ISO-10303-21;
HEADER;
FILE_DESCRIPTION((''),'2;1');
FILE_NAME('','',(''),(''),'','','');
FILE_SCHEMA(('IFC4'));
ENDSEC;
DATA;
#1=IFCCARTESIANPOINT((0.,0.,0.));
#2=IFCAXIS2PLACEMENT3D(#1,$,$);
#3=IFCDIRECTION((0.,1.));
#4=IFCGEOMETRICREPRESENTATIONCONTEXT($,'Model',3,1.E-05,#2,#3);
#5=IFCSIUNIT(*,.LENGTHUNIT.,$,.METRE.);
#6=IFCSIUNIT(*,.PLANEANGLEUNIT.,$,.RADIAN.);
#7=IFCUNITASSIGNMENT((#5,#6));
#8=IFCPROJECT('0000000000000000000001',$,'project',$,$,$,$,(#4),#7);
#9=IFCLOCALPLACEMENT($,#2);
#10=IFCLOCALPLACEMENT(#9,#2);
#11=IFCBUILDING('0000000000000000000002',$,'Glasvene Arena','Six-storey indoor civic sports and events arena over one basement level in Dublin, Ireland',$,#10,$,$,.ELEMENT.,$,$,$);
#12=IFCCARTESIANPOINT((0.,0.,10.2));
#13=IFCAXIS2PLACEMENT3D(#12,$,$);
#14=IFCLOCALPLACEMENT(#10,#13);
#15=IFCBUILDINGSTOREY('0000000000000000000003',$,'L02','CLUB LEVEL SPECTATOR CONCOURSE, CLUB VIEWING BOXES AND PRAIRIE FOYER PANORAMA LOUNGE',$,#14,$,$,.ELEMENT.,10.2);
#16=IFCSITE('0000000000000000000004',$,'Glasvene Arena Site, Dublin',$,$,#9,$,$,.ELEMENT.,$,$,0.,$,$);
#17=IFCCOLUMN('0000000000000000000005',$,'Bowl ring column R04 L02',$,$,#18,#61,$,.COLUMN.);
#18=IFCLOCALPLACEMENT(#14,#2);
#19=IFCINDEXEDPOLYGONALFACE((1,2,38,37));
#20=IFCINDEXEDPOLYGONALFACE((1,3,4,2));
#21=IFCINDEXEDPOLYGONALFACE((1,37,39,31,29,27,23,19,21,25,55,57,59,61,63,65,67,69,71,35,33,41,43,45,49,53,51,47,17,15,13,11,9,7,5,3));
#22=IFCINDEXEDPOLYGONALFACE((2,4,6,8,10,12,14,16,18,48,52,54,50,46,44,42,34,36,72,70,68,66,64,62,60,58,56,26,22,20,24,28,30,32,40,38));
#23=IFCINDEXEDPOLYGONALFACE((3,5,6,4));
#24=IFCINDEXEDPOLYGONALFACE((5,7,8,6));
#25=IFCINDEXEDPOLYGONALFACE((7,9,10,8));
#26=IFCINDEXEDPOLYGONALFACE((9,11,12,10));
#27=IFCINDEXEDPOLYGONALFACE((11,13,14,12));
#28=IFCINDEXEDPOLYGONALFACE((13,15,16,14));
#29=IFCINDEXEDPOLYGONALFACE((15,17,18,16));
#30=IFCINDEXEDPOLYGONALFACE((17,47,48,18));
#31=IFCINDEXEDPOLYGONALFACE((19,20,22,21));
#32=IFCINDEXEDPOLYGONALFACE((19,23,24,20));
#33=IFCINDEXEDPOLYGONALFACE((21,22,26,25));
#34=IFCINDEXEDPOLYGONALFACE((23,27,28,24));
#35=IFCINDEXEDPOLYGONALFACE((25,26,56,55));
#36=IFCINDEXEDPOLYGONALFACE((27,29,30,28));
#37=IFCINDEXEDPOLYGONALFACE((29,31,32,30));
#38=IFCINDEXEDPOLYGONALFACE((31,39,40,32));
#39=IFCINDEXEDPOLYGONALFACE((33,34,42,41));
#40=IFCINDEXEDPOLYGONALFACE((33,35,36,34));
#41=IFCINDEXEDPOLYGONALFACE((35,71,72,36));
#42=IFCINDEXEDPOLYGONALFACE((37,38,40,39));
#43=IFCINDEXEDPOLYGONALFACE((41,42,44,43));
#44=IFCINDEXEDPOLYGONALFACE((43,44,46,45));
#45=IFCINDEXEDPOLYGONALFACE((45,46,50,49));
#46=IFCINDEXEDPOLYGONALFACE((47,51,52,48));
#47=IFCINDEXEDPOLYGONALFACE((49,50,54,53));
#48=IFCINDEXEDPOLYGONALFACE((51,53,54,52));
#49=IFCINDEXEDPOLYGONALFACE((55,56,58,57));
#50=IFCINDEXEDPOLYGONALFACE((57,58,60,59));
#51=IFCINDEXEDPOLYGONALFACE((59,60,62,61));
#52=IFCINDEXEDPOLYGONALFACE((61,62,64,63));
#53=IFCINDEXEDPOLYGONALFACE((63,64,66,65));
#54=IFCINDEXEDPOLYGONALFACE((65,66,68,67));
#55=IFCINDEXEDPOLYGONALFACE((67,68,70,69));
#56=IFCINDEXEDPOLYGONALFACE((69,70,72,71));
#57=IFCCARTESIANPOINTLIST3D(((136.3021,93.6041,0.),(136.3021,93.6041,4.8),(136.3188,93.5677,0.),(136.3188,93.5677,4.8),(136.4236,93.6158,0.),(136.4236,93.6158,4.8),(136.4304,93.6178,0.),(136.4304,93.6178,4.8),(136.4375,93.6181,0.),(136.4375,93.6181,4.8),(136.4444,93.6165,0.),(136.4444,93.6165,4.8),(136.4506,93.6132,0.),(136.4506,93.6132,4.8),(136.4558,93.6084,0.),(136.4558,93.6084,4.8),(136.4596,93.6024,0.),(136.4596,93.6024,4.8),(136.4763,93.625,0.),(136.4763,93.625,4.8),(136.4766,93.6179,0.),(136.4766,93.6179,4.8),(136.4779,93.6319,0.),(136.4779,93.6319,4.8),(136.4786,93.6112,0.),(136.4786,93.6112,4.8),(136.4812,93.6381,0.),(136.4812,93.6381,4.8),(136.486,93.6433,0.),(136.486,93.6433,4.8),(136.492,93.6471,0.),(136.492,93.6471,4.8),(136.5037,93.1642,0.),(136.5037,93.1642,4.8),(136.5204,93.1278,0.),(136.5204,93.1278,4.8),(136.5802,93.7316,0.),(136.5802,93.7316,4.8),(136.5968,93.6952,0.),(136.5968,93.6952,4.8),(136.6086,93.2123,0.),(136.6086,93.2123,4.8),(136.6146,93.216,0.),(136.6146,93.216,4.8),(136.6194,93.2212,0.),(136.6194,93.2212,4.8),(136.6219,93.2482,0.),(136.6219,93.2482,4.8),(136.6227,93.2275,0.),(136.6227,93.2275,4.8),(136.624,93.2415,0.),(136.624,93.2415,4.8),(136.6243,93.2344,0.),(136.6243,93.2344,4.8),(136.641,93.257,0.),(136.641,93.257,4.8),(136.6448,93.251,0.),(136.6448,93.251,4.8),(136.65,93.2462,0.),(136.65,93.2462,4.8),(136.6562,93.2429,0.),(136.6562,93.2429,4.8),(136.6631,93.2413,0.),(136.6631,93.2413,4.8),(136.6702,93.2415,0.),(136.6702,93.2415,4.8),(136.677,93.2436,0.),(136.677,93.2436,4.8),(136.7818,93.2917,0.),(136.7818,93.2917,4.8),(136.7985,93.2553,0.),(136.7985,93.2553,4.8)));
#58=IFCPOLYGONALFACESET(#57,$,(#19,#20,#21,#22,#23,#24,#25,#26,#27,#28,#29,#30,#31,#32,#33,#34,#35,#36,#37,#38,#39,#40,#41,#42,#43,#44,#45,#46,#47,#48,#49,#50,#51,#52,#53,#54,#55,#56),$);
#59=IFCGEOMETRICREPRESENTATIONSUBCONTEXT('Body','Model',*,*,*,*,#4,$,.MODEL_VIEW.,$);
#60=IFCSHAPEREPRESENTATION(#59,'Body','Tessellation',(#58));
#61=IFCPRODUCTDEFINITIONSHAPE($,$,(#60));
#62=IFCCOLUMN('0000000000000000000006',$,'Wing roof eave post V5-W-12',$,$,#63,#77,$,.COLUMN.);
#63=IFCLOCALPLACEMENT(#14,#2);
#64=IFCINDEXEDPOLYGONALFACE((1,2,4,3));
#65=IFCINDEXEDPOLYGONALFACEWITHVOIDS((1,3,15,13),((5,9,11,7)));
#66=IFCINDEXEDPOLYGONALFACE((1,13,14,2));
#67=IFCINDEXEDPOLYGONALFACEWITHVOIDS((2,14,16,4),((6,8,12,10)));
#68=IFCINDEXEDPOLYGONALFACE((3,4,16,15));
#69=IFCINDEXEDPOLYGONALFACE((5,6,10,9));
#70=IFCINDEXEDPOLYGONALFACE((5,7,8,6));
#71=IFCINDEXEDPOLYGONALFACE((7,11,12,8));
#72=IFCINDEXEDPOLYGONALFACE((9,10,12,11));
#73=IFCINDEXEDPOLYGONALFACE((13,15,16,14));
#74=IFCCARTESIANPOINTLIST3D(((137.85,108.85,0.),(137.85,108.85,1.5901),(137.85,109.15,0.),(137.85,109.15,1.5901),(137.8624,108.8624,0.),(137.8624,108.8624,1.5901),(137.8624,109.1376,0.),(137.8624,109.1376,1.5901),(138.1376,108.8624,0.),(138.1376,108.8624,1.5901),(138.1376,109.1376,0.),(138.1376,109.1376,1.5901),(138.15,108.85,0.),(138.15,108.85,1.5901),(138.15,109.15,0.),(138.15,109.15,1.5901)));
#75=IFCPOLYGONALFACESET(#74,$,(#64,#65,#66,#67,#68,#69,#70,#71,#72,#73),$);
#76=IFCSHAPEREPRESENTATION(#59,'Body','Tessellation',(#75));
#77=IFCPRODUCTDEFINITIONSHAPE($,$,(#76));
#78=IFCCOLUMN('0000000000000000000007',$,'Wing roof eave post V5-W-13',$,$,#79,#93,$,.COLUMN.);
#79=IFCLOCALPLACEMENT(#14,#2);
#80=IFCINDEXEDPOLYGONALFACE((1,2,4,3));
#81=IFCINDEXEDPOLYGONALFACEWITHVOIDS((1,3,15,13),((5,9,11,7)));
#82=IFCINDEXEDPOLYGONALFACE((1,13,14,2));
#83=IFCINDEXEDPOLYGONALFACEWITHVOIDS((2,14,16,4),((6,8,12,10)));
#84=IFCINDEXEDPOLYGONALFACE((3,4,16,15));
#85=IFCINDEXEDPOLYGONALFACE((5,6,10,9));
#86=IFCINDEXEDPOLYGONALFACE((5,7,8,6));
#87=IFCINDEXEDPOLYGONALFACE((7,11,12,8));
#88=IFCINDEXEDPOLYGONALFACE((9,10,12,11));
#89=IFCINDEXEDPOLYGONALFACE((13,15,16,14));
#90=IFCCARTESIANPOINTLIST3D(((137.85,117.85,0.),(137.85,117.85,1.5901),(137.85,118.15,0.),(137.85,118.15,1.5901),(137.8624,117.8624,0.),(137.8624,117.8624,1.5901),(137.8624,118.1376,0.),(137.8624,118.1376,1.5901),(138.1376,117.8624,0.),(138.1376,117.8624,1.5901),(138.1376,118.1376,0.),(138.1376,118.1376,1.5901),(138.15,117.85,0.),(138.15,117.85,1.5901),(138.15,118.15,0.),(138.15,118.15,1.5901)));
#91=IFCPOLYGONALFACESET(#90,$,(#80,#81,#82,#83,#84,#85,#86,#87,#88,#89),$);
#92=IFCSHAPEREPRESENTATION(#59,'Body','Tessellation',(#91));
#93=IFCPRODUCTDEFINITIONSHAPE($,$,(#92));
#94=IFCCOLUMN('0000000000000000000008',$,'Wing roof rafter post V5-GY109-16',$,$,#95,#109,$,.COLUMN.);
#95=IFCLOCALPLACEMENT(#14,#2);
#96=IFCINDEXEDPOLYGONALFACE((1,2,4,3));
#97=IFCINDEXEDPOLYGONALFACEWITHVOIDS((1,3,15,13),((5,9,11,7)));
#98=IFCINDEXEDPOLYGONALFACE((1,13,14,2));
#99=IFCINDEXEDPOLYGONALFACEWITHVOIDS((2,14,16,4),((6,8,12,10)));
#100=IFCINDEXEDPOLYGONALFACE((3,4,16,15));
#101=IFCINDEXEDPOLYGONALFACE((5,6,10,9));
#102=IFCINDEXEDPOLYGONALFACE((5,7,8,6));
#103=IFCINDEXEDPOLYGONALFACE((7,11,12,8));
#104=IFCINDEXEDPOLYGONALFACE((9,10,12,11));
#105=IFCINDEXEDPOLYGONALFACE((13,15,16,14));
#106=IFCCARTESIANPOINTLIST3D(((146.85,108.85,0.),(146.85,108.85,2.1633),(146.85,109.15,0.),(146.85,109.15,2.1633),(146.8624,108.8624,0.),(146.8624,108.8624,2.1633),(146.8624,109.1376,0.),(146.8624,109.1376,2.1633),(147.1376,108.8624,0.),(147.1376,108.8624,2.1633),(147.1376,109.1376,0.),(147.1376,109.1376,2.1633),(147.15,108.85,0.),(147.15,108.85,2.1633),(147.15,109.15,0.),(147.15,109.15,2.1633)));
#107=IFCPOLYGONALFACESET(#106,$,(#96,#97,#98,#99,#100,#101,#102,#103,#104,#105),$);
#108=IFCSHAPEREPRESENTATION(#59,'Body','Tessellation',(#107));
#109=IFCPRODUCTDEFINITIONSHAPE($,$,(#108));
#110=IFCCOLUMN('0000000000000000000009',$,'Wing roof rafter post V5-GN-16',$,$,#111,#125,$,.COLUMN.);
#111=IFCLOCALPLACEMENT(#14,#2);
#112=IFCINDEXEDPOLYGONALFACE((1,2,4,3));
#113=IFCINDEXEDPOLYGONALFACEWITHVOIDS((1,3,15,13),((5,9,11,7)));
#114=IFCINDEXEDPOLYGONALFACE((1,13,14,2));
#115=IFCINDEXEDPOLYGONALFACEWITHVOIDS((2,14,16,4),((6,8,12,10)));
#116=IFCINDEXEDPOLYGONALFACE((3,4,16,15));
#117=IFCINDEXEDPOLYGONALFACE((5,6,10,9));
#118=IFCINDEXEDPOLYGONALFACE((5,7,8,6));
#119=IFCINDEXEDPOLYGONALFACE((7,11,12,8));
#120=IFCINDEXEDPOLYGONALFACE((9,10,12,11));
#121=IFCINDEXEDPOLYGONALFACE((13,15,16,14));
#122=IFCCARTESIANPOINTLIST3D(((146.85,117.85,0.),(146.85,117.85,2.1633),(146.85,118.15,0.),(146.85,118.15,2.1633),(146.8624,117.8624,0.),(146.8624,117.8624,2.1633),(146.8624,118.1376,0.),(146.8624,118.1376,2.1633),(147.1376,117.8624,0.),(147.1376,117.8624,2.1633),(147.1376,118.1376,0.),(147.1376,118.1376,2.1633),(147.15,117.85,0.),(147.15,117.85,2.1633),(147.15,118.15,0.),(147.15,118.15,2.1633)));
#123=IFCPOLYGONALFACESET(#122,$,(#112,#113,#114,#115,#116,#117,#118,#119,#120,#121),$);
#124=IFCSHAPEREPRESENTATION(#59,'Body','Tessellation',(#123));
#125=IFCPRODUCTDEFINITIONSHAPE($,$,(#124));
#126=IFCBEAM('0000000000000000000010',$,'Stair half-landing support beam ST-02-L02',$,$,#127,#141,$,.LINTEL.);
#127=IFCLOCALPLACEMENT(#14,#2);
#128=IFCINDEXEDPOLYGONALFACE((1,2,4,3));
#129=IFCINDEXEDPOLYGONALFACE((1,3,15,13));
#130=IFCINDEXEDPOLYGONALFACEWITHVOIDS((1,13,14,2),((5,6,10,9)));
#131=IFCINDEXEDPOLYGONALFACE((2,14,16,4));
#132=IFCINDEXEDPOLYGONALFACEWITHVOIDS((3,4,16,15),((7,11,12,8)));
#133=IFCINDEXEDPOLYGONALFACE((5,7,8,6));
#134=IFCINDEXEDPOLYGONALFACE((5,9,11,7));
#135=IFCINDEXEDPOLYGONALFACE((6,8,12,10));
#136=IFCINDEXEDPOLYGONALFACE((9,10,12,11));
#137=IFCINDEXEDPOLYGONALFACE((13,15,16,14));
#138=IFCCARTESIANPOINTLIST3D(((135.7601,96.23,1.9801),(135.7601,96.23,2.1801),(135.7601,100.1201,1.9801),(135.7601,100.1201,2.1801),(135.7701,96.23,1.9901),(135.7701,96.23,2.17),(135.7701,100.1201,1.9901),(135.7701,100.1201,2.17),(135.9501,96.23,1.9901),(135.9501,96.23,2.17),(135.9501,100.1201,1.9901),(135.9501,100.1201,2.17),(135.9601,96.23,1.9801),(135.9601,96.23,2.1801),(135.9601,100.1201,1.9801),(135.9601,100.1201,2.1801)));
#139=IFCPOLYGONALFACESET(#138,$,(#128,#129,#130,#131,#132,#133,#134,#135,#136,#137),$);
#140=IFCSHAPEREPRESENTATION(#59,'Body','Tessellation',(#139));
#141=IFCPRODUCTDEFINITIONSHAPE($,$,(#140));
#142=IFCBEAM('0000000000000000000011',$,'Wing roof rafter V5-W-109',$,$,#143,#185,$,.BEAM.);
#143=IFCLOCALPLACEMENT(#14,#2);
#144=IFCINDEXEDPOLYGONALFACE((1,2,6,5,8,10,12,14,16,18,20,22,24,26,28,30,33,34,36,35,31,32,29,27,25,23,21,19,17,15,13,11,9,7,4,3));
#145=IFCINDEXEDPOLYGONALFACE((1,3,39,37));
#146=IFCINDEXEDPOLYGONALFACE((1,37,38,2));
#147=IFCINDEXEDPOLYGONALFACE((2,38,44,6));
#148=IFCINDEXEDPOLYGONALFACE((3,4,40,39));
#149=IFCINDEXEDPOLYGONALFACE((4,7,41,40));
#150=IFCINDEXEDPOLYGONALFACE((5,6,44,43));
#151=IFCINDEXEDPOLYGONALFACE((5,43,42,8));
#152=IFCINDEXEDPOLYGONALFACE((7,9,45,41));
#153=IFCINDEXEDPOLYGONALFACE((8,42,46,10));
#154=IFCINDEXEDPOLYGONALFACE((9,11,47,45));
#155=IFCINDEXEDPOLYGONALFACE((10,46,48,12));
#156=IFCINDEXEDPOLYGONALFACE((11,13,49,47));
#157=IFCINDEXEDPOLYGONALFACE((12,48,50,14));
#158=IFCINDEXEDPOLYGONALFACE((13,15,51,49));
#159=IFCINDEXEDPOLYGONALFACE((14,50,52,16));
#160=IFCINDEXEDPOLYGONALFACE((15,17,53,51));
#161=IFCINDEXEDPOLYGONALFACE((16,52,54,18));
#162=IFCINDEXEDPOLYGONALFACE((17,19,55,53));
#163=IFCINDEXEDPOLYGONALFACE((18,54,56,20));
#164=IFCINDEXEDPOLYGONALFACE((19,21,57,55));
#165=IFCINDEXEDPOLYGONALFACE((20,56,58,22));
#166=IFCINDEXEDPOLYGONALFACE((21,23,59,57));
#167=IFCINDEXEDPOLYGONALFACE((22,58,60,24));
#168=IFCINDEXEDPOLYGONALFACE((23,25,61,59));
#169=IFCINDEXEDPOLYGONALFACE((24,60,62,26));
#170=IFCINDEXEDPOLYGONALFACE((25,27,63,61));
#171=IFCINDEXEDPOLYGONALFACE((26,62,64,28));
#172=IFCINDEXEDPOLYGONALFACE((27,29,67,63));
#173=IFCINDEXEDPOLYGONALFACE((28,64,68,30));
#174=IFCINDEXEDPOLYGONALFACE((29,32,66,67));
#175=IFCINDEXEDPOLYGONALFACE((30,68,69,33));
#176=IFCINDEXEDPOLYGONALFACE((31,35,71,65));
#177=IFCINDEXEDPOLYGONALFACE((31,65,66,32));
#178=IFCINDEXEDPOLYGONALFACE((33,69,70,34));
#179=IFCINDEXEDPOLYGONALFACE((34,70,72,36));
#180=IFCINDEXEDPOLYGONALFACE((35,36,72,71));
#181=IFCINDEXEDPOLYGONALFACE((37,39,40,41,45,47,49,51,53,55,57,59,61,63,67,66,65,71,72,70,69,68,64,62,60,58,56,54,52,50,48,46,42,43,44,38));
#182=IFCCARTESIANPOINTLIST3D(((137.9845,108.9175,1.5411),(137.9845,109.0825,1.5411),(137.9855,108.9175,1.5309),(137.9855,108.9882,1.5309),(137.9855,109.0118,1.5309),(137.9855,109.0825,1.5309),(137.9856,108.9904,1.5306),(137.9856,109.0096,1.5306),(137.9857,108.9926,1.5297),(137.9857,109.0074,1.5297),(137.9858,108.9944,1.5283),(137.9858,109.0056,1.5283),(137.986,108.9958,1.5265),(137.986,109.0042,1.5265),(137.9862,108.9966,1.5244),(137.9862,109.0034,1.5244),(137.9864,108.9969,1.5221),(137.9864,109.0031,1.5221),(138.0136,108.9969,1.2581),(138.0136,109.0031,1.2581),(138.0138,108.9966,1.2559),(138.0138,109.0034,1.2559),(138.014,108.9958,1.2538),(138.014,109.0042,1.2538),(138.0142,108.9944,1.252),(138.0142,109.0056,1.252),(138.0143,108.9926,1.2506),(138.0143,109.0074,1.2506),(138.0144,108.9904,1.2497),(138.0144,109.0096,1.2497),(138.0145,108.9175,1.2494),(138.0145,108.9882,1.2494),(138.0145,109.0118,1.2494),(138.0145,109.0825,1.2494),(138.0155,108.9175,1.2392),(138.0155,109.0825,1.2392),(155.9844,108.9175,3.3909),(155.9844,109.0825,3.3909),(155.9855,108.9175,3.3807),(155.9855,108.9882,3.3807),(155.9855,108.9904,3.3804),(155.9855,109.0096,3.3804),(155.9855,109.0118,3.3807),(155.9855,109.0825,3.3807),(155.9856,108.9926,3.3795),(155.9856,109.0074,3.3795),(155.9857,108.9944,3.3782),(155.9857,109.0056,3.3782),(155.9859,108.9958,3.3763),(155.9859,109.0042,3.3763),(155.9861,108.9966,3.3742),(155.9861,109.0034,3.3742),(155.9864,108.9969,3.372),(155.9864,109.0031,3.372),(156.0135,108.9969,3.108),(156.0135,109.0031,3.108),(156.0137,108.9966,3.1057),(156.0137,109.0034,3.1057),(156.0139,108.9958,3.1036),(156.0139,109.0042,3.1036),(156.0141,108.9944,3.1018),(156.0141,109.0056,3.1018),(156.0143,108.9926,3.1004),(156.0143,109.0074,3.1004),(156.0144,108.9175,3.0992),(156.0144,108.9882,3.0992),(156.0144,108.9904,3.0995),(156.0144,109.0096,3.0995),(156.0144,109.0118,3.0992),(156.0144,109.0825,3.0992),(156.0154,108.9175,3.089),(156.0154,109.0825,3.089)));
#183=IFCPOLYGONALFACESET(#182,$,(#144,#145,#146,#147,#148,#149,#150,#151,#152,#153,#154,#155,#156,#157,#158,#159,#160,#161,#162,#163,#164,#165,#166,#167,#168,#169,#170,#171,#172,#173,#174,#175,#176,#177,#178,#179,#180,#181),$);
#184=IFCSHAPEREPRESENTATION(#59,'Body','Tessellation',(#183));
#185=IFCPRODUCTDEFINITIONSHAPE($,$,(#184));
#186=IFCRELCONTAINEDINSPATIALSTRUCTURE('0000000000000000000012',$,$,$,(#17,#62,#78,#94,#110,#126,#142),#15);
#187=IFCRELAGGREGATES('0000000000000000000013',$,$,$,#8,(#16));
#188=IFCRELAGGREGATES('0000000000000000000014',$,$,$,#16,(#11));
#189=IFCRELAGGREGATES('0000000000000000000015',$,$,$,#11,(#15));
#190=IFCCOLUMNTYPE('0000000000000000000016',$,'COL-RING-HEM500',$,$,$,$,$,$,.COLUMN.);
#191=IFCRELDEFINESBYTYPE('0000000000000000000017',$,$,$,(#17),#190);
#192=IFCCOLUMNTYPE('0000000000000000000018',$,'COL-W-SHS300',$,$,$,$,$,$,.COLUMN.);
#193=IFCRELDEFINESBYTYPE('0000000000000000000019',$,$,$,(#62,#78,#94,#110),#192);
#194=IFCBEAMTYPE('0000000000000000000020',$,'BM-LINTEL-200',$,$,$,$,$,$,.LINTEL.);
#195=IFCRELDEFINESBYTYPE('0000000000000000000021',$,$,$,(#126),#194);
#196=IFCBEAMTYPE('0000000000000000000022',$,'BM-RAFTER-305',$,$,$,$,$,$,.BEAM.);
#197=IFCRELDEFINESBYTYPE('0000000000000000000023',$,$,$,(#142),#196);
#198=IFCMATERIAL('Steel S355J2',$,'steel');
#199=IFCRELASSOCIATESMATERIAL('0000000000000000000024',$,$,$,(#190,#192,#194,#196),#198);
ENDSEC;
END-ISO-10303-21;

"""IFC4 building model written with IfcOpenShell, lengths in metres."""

from ifc_helpers import new_model, si_unit, direction, frame, origin, origin_2d, place, context, subcontext, project, spatial, hollow_rectangle, i_section, extrude, material, material_profile, profile_set, type_object, element, save


model = new_model("IFC4")

# Units and contexts
model_context = context("Model", 3, precision=1e-05, world=origin(), true_north=direction((0.0, 1.0)))
body_context = subcontext(model_context, "Body", "Model", "MODEL_VIEW")
ifc_project = project(units=[si_unit("LENGTHUNIT", "METRE"), si_unit("PLANEANGLEUNIT", "RADIAN")], contexts=[model_context])

# Site, building, storey
site_placement = place(None, origin())
site = spatial("IfcSite", under=ifc_project, at=site_placement, Name="Glasvene Arena Site, Dublin", CompositionType="ELEMENT", RefElevation=0.0)
building_placement = place(site_placement, origin())
building = spatial("IfcBuilding", under=site, at=building_placement, Name="Glasvene Arena", Description="Six-storey indoor civic sports and events arena over one basement level in Dublin, Ireland", CompositionType="ELEMENT")
storey_placement = place(building_placement, frame((0.0, 0.0, 10.2)))
storey = spatial("IfcBuildingStorey", under=building, at=storey_placement, Name="L02", Description="CLUB LEVEL SPECTATOR CONCOURSE, CLUB VIEWING BOXES AND PRAIRIE FOYER PANORAMA LOUNGE", CompositionType="ELEMENT", Elevation=10.2)

# Columns
ifc_material_1 = material(Name="Steel S355J2", Category="steel")
ifc_material_profile_1 = material_profile(ifc_material_1, i_section(OverallWidth=0.3059, OverallDepth=0.5239, WebThickness=0.021, FlangeThickness=0.04, FilletRadius=0.0271, at=origin_2d()), Name="HEM 500")
ifc_profile_set_1 = profile_set([ifc_material_profile_1], Name="Steel S355J2")
column_type_1 = type_object("IfcColumnType", Name="COL-RING-HEM500", PredefinedType="COLUMN", material=ifc_profile_set_1)
column_placement = place(storey_placement, frame((136.5503, 93.4297, 0.0), z_axis=(0.0, 0.0, 1.0), x_axis=(0.909018, 0.416757, 0.0)))
element("IfcColumn", 1, at=column_placement, inside=storey, type_object=column_type_1, Name="Bowl ring column R04 L02", PredefinedType="COLUMN", context=body_context, shape_type="SweptSolid", body=[
    extrude(i_section(OverallWidth=0.3059, OverallDepth=0.5239, WebThickness=0.021, FlangeThickness=0.04, FilletRadius=0.0271, at=origin_2d()), origin(), (0.0, 0.0, 1.0), 4.8),
])
ifc_material_profile_2 = material_profile(ifc_material_1, hollow_rectangle(XDim=0.3, YDim=0.3, WallThickness=0.0125, at=origin_2d()), Name="SHS 300x300x12.5")
ifc_profile_set_2 = profile_set([ifc_material_profile_2], Name="Steel S355J2")
column_type_2 = type_object("IfcColumnType", Name="COL-W-SHS300", PredefinedType="COLUMN", material=ifc_profile_set_2)
for number, where, z_axis, x_axis, name in (
    (2, (138.0, 109.0, 0.0), (0.0, 0.0, 1.0), (1.0, 0.0, 0.0), "Wing roof eave post V5-W-12"),
    (3, (138.0, 118.0, 0.0), (0.0, 0.0, 1.0), (1.0, 0.0, 0.0), "Wing roof eave post V5-W-13"),
):
    element("IfcColumn", number, at=place(storey_placement, frame(where, z_axis=z_axis, x_axis=x_axis)), inside=storey, type_object=column_type_2, Name=name, PredefinedType="COLUMN", context=body_context, shape_type="SweptSolid", body=[
        extrude(hollow_rectangle(XDim=0.3, YDim=0.3, WallThickness=0.0125, at=origin_2d()), origin(), (0.0, 0.0, 1.0), 1.5901),
    ])
for number, where, z_axis, x_axis, name in (
    (4, (147.0, 109.0, 0.0), (0.0, 0.0, 1.0), (1.0, 0.0, 0.0), "Wing roof rafter post V5-GY109-16"),
    (5, (147.0, 118.0, 0.0), (0.0, 0.0, 1.0), (1.0, 0.0, 0.0), "Wing roof rafter post V5-GN-16"),
):
    element("IfcColumn", number, at=place(storey_placement, frame(where, z_axis=z_axis, x_axis=x_axis)), inside=storey, type_object=column_type_2, Name=name, PredefinedType="COLUMN", context=body_context, shape_type="SweptSolid", body=[
        extrude(hollow_rectangle(XDim=0.3, YDim=0.3, WallThickness=0.0125, at=origin_2d()), origin(), (0.0, 0.0, 1.0), 2.1633),
    ])

# Beams
ifc_material_profile_3 = material_profile(ifc_material_1, hollow_rectangle(XDim=0.2, YDim=0.2, WallThickness=0.01, at=origin_2d()), Name="SHS 200x200x10.0")
ifc_profile_set_3 = profile_set([ifc_material_profile_3], Name="Steel S355J2")
beam_type_1 = type_object("IfcBeamType", Name="BM-LINTEL-200", PredefinedType="LINTEL", material=ifc_profile_set_3)
beam_placement = place(storey_placement, frame((135.8601, 96.23, 2.0801), z_axis=(0.0, 1.0, 0.0), x_axis=(-1.0, 0.0, 0.0)))
element("IfcBeam", 6, at=beam_placement, inside=storey, type_object=beam_type_1, Name="Stair half-landing support beam ST-02-L02", PredefinedType="LINTEL", context=body_context, shape_type="SweptSolid", body=[
    extrude(hollow_rectangle(XDim=0.2, YDim=0.2, WallThickness=0.01, at=origin_2d()), origin(), (0.0, 0.0, 1.0), 3.8901),
])
ifc_material_profile_4 = material_profile(ifc_material_1, i_section(OverallWidth=0.165, OverallDepth=0.3035, WebThickness=0.0061, FlangeThickness=0.0103, FilletRadius=0.0088, at=origin_2d()), Name="UKB 305x165x40")
ifc_profile_set_4 = profile_set([ifc_material_profile_4], Name="Steel S355J2")
beam_type_2 = type_object("IfcBeamType", Name="BM-RAFTER-305", PredefinedType="BEAM", material=ifc_profile_set_4)
for number, where, z_axis, x_axis, name in (
    (7, (138.0, 109.0, 1.3901), (0.994761, 0.0, 0.102231), (0.0, 1.0, 0.0), "Wing roof rafter V5-W-109"),
):
    element("IfcBeam", number, at=place(storey_placement, frame(where, z_axis=z_axis, x_axis=x_axis)), inside=storey, type_object=beam_type_2, Name=name, PredefinedType="BEAM", context=body_context, shape_type="SweptSolid", body=[
        extrude(i_section(OverallWidth=0.165, OverallDepth=0.3035, WebThickness=0.0061, FlangeThickness=0.0103, FilletRadius=0.0088, at=origin_2d()), origin(), (0.0, 0.0, 1.0), 18.0947),
    ])

save(model, "model.ifc")
